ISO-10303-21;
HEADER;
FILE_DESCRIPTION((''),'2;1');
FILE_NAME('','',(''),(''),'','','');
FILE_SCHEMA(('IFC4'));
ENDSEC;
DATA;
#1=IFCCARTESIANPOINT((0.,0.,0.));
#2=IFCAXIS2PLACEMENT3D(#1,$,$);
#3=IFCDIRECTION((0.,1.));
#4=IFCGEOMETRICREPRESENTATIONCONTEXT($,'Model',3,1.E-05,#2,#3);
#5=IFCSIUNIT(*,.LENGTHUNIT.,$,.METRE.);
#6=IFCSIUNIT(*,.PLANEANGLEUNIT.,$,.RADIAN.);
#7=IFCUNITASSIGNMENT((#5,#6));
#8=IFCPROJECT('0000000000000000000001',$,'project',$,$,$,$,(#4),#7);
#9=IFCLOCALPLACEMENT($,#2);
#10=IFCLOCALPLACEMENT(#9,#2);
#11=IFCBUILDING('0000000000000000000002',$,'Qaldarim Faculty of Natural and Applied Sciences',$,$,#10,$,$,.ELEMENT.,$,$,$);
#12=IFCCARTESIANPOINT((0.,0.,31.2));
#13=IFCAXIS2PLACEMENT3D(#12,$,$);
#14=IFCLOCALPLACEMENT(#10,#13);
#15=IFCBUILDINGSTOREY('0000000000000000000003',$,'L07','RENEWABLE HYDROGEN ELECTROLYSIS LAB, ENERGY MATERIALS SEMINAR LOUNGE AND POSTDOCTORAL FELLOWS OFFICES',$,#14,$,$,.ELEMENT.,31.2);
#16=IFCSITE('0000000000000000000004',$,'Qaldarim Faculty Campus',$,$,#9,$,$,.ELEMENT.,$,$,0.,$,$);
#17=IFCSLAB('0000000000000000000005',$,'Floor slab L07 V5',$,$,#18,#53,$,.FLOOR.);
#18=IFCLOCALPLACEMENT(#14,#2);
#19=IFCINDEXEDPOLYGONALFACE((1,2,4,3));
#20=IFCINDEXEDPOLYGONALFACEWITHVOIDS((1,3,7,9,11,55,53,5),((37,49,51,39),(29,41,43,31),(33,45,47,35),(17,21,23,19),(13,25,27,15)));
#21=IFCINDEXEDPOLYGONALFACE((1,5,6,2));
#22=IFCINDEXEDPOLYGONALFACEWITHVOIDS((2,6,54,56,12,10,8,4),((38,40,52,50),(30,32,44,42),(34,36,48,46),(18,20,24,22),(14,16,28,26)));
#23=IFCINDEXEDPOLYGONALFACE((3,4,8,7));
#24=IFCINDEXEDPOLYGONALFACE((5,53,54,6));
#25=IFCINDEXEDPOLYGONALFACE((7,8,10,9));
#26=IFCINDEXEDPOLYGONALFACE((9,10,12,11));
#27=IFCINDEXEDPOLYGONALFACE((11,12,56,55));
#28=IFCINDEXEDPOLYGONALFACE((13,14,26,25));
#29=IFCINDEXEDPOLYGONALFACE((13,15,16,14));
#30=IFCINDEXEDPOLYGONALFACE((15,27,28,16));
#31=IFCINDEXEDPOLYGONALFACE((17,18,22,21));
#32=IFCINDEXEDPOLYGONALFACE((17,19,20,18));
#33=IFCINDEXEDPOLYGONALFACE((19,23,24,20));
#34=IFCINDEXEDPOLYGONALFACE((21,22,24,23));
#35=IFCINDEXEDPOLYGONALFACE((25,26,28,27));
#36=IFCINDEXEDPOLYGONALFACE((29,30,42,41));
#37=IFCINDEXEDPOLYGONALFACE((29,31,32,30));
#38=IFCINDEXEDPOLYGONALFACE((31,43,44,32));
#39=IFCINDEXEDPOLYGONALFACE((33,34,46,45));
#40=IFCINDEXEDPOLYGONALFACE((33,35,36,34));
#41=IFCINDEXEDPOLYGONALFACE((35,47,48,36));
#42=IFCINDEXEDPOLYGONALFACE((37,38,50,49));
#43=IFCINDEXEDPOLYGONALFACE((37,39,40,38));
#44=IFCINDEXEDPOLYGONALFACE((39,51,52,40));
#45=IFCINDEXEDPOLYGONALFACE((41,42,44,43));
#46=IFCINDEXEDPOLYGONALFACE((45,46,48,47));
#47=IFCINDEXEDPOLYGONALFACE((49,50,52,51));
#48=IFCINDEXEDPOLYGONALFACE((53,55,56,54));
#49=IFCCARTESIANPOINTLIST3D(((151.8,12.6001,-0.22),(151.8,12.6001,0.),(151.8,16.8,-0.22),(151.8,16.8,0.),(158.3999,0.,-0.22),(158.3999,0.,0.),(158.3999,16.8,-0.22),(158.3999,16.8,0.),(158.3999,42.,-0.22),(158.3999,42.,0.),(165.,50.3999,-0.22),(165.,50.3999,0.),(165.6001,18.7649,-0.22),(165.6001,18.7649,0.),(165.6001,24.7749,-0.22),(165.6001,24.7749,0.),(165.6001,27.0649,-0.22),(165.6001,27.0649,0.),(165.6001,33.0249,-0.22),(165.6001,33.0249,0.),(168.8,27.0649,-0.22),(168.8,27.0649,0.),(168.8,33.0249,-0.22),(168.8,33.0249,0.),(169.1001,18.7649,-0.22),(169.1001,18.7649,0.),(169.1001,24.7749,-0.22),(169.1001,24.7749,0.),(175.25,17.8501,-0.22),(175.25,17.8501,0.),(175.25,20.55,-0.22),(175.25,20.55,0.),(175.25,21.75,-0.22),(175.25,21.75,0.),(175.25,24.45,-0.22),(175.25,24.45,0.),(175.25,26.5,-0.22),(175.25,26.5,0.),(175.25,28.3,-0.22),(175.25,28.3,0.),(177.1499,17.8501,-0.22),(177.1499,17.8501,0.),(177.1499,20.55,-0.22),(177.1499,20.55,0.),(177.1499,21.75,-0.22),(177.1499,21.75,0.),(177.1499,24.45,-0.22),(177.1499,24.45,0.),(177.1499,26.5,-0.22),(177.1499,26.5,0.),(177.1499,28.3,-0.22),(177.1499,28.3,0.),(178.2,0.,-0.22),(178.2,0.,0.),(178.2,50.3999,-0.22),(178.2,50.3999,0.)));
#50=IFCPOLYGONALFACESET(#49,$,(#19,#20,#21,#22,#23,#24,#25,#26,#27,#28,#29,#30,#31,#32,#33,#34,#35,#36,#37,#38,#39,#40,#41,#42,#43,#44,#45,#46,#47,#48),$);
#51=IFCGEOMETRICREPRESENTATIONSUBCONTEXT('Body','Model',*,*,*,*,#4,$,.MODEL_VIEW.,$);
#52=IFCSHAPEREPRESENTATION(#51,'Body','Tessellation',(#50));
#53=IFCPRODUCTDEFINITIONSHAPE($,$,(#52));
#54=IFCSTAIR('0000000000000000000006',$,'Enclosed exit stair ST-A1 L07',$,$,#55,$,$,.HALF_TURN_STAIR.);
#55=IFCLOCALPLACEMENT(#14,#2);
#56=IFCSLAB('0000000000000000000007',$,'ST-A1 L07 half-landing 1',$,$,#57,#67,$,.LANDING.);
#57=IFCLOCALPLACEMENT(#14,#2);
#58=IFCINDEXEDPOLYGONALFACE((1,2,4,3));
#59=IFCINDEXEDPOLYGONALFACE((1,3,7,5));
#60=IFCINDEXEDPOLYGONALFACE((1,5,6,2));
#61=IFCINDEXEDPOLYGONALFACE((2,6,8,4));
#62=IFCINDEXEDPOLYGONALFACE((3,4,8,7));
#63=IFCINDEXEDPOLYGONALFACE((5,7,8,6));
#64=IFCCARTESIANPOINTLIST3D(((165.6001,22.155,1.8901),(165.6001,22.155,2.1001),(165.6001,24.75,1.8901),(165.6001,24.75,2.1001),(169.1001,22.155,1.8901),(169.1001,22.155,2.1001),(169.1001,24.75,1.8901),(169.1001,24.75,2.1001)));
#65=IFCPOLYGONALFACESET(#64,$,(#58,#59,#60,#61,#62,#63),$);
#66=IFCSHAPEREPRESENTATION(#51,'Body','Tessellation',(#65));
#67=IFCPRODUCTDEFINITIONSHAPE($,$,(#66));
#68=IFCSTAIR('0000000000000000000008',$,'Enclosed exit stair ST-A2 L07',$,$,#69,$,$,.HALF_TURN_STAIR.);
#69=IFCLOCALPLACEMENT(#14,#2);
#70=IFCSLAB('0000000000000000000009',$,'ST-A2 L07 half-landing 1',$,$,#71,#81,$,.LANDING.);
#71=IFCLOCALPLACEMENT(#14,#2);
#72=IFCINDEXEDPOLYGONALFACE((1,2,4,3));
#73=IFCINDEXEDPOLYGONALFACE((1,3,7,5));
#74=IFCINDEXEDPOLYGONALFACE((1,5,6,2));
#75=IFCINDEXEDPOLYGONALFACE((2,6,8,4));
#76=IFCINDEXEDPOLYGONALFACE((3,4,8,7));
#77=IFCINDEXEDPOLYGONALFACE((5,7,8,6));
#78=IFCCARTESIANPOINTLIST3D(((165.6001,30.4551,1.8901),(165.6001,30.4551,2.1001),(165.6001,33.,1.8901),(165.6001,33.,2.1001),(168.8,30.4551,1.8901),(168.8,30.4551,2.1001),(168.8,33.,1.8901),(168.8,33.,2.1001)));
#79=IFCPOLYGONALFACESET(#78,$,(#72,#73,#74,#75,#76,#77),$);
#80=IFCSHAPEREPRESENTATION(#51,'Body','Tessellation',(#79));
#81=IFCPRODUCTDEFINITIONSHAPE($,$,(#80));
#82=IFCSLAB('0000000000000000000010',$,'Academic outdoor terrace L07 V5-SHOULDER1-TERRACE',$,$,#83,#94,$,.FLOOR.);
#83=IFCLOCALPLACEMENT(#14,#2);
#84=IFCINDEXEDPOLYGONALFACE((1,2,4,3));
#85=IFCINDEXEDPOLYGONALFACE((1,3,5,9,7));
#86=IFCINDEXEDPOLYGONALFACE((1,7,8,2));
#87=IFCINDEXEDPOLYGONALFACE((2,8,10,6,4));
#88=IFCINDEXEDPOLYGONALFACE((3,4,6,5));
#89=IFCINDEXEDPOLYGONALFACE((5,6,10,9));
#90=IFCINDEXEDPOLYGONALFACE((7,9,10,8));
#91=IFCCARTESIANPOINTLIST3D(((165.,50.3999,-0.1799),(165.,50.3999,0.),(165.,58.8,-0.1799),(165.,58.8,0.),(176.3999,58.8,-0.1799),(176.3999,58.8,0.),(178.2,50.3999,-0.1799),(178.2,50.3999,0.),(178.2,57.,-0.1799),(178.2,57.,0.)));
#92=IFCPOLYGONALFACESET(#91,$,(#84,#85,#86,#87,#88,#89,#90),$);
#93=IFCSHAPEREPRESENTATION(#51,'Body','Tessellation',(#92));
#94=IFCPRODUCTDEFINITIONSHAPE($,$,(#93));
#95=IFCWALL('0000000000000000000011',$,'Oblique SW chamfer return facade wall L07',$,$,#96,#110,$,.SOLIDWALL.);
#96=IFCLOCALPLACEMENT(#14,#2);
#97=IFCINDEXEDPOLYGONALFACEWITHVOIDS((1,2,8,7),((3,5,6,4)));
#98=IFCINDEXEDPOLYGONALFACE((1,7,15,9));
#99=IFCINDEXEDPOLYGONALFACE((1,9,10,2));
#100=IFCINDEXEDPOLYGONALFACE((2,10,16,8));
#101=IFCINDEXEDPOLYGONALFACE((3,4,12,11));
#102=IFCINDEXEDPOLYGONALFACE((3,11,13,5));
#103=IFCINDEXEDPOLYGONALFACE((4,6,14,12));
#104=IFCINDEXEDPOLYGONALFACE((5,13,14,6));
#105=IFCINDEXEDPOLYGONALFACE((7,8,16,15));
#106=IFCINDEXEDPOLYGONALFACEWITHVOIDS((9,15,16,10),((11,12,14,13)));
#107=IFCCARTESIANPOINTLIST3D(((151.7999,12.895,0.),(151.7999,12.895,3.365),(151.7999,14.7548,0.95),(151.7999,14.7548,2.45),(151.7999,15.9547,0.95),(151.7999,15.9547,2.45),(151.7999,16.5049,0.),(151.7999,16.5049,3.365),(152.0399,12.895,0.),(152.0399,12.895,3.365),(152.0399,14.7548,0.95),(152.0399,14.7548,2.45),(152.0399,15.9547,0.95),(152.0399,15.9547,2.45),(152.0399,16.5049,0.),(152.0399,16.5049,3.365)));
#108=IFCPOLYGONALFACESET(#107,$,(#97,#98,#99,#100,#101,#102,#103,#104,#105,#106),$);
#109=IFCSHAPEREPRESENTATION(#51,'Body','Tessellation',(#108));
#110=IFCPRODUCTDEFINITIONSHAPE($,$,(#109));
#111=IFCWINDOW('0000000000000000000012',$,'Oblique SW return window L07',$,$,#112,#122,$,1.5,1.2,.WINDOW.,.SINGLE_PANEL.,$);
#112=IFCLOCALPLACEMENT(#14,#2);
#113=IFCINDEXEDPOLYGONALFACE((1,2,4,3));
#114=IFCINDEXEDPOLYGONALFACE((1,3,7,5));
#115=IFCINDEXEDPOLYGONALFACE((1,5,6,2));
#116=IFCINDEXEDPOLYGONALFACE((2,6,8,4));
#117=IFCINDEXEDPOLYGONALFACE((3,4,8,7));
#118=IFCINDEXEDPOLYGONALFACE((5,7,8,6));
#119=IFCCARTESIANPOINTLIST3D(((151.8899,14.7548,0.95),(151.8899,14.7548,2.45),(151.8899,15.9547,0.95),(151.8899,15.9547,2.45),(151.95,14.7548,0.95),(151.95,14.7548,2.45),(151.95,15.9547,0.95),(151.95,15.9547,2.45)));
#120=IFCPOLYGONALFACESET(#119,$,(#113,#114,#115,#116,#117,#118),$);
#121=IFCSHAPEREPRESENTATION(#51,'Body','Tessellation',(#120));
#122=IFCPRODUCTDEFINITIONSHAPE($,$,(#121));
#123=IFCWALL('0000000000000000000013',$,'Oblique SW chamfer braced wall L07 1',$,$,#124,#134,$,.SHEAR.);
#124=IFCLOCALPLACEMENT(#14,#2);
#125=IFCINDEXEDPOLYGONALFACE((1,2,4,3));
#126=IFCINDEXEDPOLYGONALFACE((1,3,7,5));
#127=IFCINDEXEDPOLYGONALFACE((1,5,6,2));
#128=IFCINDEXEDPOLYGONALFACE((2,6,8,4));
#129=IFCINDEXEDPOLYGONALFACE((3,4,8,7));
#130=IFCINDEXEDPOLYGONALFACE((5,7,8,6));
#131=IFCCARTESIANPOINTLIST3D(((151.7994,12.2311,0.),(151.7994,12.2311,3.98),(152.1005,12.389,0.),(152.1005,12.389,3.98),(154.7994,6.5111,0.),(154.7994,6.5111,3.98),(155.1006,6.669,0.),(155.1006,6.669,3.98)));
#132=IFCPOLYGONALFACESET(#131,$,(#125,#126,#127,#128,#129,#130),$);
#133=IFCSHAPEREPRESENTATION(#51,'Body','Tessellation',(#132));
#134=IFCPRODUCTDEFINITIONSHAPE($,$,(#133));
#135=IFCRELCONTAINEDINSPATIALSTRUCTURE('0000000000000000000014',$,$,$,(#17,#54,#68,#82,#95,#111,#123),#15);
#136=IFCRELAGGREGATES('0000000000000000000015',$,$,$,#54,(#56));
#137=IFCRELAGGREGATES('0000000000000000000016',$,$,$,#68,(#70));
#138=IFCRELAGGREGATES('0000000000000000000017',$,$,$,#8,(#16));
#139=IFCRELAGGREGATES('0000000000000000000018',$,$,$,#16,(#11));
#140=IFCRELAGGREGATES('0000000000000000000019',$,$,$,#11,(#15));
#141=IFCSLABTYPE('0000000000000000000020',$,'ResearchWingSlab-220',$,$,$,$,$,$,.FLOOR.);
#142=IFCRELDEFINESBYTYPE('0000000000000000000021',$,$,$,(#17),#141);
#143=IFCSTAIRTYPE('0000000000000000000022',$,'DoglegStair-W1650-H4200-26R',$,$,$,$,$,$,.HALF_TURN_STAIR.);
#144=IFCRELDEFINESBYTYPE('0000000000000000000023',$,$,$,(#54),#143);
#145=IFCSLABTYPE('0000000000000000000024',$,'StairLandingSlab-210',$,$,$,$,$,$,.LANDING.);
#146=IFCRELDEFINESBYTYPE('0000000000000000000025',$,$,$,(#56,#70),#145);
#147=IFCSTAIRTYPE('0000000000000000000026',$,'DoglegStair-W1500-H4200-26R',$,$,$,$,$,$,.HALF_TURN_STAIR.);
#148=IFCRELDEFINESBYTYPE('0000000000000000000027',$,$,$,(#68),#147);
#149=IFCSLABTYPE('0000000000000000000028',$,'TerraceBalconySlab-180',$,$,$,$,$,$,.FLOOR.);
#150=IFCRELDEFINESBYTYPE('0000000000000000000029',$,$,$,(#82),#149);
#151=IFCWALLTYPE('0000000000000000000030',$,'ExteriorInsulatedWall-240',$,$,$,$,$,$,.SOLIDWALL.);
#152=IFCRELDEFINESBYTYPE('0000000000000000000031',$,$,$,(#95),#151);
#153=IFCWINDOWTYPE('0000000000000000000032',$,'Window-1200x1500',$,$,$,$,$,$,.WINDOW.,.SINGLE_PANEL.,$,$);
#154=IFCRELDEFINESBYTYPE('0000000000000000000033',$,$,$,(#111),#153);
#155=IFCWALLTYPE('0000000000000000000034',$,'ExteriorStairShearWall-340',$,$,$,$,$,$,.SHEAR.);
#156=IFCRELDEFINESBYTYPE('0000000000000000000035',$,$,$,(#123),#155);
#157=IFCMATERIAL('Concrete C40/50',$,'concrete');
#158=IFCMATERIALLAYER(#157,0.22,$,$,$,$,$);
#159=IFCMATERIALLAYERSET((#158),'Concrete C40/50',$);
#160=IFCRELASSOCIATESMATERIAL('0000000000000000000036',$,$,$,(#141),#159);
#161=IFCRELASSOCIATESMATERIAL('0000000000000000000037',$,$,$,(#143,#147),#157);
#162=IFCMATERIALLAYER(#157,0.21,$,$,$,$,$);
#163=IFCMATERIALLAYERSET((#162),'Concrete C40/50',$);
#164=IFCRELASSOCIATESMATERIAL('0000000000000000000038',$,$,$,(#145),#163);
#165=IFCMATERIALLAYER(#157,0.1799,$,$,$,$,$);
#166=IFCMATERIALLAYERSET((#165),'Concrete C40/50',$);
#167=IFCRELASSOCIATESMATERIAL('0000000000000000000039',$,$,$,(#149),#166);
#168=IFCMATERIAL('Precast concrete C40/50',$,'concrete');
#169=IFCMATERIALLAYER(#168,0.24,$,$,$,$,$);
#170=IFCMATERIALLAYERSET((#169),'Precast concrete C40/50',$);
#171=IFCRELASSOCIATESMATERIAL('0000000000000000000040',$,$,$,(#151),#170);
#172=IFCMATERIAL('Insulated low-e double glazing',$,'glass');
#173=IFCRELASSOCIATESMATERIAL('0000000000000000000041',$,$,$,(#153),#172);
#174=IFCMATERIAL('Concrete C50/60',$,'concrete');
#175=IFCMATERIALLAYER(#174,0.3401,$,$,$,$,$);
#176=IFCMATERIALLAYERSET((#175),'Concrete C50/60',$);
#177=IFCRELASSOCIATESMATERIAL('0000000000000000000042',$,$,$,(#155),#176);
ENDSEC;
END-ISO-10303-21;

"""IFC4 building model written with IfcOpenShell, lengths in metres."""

from ifc_helpers import new_model, si_unit, direction, frame, frame_2d, origin, place, context, subcontext, project, spatial, polyline, rectangle, outline, extrude, material, layer, layer_set, type_object, element, fill, aggregate, save


model = new_model("IFC4")

# Units and contexts
model_context = context("Model", 3, precision=1e-05, world=origin(), true_north=direction((0.0, 1.0)))
body_context = subcontext(model_context, "Body", "Model", "MODEL_VIEW")
ifc_project = project(units=[si_unit("LENGTHUNIT", "METRE"), si_unit("PLANEANGLEUNIT", "RADIAN")], contexts=[model_context])

# Site, building, storey
site_placement = place(None, origin())
site = spatial("IfcSite", under=ifc_project, at=site_placement, Name="Qaldarim Faculty Campus", CompositionType="ELEMENT", RefElevation=0.0)
building_placement = place(site_placement, origin())
building = spatial("IfcBuilding", under=site, at=building_placement, Name="Qaldarim Faculty of Natural and Applied Sciences", CompositionType="ELEMENT")
storey_placement = place(building_placement, frame((0.0, 0.0, 31.2)))
storey = spatial("IfcBuildingStorey", under=building, at=storey_placement, Name="L07", Description="RENEWABLE HYDROGEN ELECTROLYSIS LAB, ENERGY MATERIALS SEMINAR LOUNGE AND POSTDOCTORAL FELLOWS OFFICES", CompositionType="ELEMENT", Elevation=31.2)

# Shared definitions
ifc_material_1 = material(Name="Concrete C50/60", Category="concrete")

# Shared definitions
ifc_material_2 = material(Name="Concrete C40/50", Category="concrete")
ifc_material_3 = material(Name="Precast concrete C40/50", Category="concrete")

# Slab
ifc_layer_1 = layer(ifc_material_2, 0.22)
ifc_layer_set_1 = layer_set([ifc_layer_1], Name="Concrete C40/50")
slab_type_1 = type_object("IfcSlabType", Name="ResearchWingSlab-220", PredefinedType="FLOOR", material=ifc_layer_set_1)
slab_1_placement = place(storey_placement, frame((0.0, 0.0, -0.22)))
element("IfcSlab", 1, at=slab_1_placement, inside=storey, type_object=slab_type_1, Name="Floor slab L07 V5", PredefinedType="FLOOR", context=body_context, shape_type="SweptSolid", body=[
    extrude(outline(polyline([(158.3999, 0.0), (178.2, 0.0), (178.2, 50.3999), (165.0, 50.3999), (158.3999, 42.0), (158.3999, 16.8), (151.8, 16.8), (151.8, 12.6001), (158.3999, 0.0)]), holes=[polyline([(169.1001, 18.7649), (169.1001, 24.7749), (165.6001, 24.7749), (165.6001, 18.7649), (169.1001, 18.7649)]), polyline([(168.8, 27.0649), (168.8, 33.0249), (165.6001, 33.0249), (165.6001, 27.0649), (168.8, 27.0649)]), polyline([(175.25, 17.8501), (177.1499, 17.8501), (177.1499, 20.55), (175.25, 20.55), (175.25, 17.8501)]), polyline([(175.25, 21.75), (177.1499, 21.75), (177.1499, 24.45), (175.25, 24.45), (175.25, 21.75)]), polyline([(175.25, 26.5), (177.1499, 26.5), (177.1499, 28.3), (175.25, 28.3), (175.25, 26.5)])]), origin(), (0.0, 0.0, 1.0), 0.22),
])

# Stairs, slabs
stair_type_1 = type_object("IfcStairType", Name="DoglegStair-W1650-H4200-26R", PredefinedType="HALF_TURN_STAIR", material=ifc_material_2)
stair_1_placement = place(storey_placement, origin())
stair_1 = element("IfcStair", 2, at=stair_1_placement, inside=storey, type_object=stair_type_1, Name="Enclosed exit stair ST-A1 L07", PredefinedType="HALF_TURN_STAIR")
ifc_layer_2 = layer(ifc_material_2, 0.21)
ifc_layer_set_2 = layer_set([ifc_layer_2], Name="Concrete C40/50")
slab_type_2 = type_object("IfcSlabType", Name="StairLandingSlab-210", PredefinedType="LANDING", material=ifc_layer_set_2)
slab_2_placement = place(storey_placement, frame((0.0, 0.0, 1.8901)))
slab_2 = element("IfcSlab", 3, at=slab_2_placement, type_object=slab_type_2, Name="ST-A1 L07 half-landing 1", PredefinedType="LANDING", context=body_context, shape_type="SweptSolid", body=[
    extrude(outline(polyline([(169.1001, 22.155), (169.1001, 24.75), (165.6001, 24.75), (165.6001, 22.155), (169.1001, 22.155)])), origin(), (0.0, 0.0, 1.0), 0.21),
])
aggregate(stair_1, [slab_2])
stair_type_2 = type_object("IfcStairType", Name="DoglegStair-W1500-H4200-26R", PredefinedType="HALF_TURN_STAIR", material=ifc_material_2)
stair_2_placement = place(storey_placement, origin())
stair_2 = element("IfcStair", 4, at=stair_2_placement, inside=storey, type_object=stair_type_2, Name="Enclosed exit stair ST-A2 L07", PredefinedType="HALF_TURN_STAIR")
slab_3_placement = place(storey_placement, frame((0.0, 0.0, 1.8901)))
slab_3 = element("IfcSlab", 5, at=slab_3_placement, type_object=slab_type_2, Name="ST-A2 L07 half-landing 1", PredefinedType="LANDING", context=body_context, shape_type="SweptSolid", body=[
    extrude(outline(polyline([(168.8, 30.4551), (168.8, 33.0), (165.6001, 33.0), (165.6001, 30.4551), (168.8, 30.4551)])), origin(), (0.0, 0.0, 1.0), 0.21),
])
aggregate(stair_2, [slab_3])

# Slab
ifc_layer_3 = layer(ifc_material_2, 0.1799)
ifc_layer_set_3 = layer_set([ifc_layer_3], Name="Concrete C40/50")
slab_type_3 = type_object("IfcSlabType", Name="TerraceBalconySlab-180", PredefinedType="FLOOR", material=ifc_layer_set_3)
slab_4_placement = place(storey_placement, frame((0.0, 0.0, -0.1799)))
element("IfcSlab", 6, at=slab_4_placement, inside=storey, type_object=slab_type_3, Name="Academic outdoor terrace L07 V5-SHOULDER1-TERRACE", PredefinedType="FLOOR", context=body_context, shape_type="SweptSolid", body=[
    extrude(outline(polyline([(165.0, 50.3999), (178.2, 50.3999), (178.2, 57.0), (176.3999, 58.8), (165.0, 58.8), (165.0, 50.3999)])), origin(), (0.0, 0.0, 1.0), 0.1799),
])

# Wall, opening, window
ifc_layer_4 = layer(ifc_material_3, 0.24)
ifc_layer_set_4 = layer_set([ifc_layer_4], Name="Precast concrete C40/50")
wall_type_1 = type_object("IfcWallType", Name="ExteriorInsulatedWall-240", PredefinedType="SOLIDWALL", material=ifc_layer_set_4)
wall_1_placement = place(storey_placement, frame((151.9199, 16.5049, 0.0), z_axis=(0.0, 0.0, 1.0), x_axis=(0.0, -1.0, 0.0)))
wall_1 = element("IfcWall", 7, at=wall_1_placement, inside=storey, type_object=wall_type_1, Name="Oblique SW chamfer return facade wall L07", PredefinedType="SOLIDWALL", context=body_context, shape_type="SweptSolid", body=[
    extrude(rectangle(XDim=3.6099, YDim=0.24, at=frame_2d((1.8049, 0.0))), origin(), (0.0, 0.0, 1.0), 3.365),
])
opening_1_placement = place(wall_1_placement, frame((0.55, 0.0, 0.95)))
opening_1 = element("IfcOpeningElement", 8, at=opening_1_placement, cuts=wall_1, PredefinedType="OPENING", context=body_context, shape_type="SweptSolid", body=[
    extrude(rectangle(XDim=1.2, YDim=1.5, at=frame_2d((0.6001, 0.75))), frame((0.0, 0.1299, 0.0), z_axis=(0.0, -1.0, 0.0), x_axis=(1.0, 0.0, 0.0)), (0.0, 0.0, 1.0), 0.26),
])
ifc_material_4 = material(Name="Insulated low-e double glazing", Category="glass")
window_type = type_object("IfcWindowType", Name="Window-1200x1500", PartitioningType="SINGLE_PANEL", PredefinedType="WINDOW", material=ifc_material_4)
window_placement = place(opening_1_placement, origin())
window = element("IfcWindow", 9, at=window_placement, inside=storey, type_object=window_type, Name="Oblique SW return window L07", OverallHeight=1.5, OverallWidth=1.2, PartitioningType="SINGLE_PANEL", PredefinedType="WINDOW", context=body_context, shape_type="SweptSolid", body=[
    extrude(rectangle(XDim=1.2, YDim=1.5, at=frame_2d((0.6001, 0.75))), frame((0.0, 0.03, 0.0), z_axis=(0.0, -1.0, 0.0), x_axis=(1.0, 0.0, 0.0)), (0.0, 0.0, 1.0), 0.0601),
])
fill(opening_1, window)

# Wall
ifc_layer_5 = layer(ifc_material_1, 0.3401)
ifc_layer_set_5 = layer_set([ifc_layer_5], Name="Concrete C50/60")
wall_type_2 = type_object("IfcWallType", Name="ExteriorStairShearWall-340", PredefinedType="SHEAR", material=ifc_layer_set_5)
wall_2_placement = place(storey_placement, frame((151.95, 12.3101, 0.0), z_axis=(0.0, 0.0, 1.0), x_axis=(0.464472, -0.885588, 0.0)))
element("IfcWall", 10, at=wall_2_placement, inside=storey, type_object=wall_type_2, Name="Oblique SW chamfer braced wall L07 1", PredefinedType="SHEAR", context=body_context, shape_type="SweptSolid", body=[
    extrude(rectangle(XDim=6.459, YDim=0.3401, at=frame_2d((3.2295, 0.0))), origin(), (0.0, 0.0, 1.0), 3.98),
])

save(model, "model.ifc")
